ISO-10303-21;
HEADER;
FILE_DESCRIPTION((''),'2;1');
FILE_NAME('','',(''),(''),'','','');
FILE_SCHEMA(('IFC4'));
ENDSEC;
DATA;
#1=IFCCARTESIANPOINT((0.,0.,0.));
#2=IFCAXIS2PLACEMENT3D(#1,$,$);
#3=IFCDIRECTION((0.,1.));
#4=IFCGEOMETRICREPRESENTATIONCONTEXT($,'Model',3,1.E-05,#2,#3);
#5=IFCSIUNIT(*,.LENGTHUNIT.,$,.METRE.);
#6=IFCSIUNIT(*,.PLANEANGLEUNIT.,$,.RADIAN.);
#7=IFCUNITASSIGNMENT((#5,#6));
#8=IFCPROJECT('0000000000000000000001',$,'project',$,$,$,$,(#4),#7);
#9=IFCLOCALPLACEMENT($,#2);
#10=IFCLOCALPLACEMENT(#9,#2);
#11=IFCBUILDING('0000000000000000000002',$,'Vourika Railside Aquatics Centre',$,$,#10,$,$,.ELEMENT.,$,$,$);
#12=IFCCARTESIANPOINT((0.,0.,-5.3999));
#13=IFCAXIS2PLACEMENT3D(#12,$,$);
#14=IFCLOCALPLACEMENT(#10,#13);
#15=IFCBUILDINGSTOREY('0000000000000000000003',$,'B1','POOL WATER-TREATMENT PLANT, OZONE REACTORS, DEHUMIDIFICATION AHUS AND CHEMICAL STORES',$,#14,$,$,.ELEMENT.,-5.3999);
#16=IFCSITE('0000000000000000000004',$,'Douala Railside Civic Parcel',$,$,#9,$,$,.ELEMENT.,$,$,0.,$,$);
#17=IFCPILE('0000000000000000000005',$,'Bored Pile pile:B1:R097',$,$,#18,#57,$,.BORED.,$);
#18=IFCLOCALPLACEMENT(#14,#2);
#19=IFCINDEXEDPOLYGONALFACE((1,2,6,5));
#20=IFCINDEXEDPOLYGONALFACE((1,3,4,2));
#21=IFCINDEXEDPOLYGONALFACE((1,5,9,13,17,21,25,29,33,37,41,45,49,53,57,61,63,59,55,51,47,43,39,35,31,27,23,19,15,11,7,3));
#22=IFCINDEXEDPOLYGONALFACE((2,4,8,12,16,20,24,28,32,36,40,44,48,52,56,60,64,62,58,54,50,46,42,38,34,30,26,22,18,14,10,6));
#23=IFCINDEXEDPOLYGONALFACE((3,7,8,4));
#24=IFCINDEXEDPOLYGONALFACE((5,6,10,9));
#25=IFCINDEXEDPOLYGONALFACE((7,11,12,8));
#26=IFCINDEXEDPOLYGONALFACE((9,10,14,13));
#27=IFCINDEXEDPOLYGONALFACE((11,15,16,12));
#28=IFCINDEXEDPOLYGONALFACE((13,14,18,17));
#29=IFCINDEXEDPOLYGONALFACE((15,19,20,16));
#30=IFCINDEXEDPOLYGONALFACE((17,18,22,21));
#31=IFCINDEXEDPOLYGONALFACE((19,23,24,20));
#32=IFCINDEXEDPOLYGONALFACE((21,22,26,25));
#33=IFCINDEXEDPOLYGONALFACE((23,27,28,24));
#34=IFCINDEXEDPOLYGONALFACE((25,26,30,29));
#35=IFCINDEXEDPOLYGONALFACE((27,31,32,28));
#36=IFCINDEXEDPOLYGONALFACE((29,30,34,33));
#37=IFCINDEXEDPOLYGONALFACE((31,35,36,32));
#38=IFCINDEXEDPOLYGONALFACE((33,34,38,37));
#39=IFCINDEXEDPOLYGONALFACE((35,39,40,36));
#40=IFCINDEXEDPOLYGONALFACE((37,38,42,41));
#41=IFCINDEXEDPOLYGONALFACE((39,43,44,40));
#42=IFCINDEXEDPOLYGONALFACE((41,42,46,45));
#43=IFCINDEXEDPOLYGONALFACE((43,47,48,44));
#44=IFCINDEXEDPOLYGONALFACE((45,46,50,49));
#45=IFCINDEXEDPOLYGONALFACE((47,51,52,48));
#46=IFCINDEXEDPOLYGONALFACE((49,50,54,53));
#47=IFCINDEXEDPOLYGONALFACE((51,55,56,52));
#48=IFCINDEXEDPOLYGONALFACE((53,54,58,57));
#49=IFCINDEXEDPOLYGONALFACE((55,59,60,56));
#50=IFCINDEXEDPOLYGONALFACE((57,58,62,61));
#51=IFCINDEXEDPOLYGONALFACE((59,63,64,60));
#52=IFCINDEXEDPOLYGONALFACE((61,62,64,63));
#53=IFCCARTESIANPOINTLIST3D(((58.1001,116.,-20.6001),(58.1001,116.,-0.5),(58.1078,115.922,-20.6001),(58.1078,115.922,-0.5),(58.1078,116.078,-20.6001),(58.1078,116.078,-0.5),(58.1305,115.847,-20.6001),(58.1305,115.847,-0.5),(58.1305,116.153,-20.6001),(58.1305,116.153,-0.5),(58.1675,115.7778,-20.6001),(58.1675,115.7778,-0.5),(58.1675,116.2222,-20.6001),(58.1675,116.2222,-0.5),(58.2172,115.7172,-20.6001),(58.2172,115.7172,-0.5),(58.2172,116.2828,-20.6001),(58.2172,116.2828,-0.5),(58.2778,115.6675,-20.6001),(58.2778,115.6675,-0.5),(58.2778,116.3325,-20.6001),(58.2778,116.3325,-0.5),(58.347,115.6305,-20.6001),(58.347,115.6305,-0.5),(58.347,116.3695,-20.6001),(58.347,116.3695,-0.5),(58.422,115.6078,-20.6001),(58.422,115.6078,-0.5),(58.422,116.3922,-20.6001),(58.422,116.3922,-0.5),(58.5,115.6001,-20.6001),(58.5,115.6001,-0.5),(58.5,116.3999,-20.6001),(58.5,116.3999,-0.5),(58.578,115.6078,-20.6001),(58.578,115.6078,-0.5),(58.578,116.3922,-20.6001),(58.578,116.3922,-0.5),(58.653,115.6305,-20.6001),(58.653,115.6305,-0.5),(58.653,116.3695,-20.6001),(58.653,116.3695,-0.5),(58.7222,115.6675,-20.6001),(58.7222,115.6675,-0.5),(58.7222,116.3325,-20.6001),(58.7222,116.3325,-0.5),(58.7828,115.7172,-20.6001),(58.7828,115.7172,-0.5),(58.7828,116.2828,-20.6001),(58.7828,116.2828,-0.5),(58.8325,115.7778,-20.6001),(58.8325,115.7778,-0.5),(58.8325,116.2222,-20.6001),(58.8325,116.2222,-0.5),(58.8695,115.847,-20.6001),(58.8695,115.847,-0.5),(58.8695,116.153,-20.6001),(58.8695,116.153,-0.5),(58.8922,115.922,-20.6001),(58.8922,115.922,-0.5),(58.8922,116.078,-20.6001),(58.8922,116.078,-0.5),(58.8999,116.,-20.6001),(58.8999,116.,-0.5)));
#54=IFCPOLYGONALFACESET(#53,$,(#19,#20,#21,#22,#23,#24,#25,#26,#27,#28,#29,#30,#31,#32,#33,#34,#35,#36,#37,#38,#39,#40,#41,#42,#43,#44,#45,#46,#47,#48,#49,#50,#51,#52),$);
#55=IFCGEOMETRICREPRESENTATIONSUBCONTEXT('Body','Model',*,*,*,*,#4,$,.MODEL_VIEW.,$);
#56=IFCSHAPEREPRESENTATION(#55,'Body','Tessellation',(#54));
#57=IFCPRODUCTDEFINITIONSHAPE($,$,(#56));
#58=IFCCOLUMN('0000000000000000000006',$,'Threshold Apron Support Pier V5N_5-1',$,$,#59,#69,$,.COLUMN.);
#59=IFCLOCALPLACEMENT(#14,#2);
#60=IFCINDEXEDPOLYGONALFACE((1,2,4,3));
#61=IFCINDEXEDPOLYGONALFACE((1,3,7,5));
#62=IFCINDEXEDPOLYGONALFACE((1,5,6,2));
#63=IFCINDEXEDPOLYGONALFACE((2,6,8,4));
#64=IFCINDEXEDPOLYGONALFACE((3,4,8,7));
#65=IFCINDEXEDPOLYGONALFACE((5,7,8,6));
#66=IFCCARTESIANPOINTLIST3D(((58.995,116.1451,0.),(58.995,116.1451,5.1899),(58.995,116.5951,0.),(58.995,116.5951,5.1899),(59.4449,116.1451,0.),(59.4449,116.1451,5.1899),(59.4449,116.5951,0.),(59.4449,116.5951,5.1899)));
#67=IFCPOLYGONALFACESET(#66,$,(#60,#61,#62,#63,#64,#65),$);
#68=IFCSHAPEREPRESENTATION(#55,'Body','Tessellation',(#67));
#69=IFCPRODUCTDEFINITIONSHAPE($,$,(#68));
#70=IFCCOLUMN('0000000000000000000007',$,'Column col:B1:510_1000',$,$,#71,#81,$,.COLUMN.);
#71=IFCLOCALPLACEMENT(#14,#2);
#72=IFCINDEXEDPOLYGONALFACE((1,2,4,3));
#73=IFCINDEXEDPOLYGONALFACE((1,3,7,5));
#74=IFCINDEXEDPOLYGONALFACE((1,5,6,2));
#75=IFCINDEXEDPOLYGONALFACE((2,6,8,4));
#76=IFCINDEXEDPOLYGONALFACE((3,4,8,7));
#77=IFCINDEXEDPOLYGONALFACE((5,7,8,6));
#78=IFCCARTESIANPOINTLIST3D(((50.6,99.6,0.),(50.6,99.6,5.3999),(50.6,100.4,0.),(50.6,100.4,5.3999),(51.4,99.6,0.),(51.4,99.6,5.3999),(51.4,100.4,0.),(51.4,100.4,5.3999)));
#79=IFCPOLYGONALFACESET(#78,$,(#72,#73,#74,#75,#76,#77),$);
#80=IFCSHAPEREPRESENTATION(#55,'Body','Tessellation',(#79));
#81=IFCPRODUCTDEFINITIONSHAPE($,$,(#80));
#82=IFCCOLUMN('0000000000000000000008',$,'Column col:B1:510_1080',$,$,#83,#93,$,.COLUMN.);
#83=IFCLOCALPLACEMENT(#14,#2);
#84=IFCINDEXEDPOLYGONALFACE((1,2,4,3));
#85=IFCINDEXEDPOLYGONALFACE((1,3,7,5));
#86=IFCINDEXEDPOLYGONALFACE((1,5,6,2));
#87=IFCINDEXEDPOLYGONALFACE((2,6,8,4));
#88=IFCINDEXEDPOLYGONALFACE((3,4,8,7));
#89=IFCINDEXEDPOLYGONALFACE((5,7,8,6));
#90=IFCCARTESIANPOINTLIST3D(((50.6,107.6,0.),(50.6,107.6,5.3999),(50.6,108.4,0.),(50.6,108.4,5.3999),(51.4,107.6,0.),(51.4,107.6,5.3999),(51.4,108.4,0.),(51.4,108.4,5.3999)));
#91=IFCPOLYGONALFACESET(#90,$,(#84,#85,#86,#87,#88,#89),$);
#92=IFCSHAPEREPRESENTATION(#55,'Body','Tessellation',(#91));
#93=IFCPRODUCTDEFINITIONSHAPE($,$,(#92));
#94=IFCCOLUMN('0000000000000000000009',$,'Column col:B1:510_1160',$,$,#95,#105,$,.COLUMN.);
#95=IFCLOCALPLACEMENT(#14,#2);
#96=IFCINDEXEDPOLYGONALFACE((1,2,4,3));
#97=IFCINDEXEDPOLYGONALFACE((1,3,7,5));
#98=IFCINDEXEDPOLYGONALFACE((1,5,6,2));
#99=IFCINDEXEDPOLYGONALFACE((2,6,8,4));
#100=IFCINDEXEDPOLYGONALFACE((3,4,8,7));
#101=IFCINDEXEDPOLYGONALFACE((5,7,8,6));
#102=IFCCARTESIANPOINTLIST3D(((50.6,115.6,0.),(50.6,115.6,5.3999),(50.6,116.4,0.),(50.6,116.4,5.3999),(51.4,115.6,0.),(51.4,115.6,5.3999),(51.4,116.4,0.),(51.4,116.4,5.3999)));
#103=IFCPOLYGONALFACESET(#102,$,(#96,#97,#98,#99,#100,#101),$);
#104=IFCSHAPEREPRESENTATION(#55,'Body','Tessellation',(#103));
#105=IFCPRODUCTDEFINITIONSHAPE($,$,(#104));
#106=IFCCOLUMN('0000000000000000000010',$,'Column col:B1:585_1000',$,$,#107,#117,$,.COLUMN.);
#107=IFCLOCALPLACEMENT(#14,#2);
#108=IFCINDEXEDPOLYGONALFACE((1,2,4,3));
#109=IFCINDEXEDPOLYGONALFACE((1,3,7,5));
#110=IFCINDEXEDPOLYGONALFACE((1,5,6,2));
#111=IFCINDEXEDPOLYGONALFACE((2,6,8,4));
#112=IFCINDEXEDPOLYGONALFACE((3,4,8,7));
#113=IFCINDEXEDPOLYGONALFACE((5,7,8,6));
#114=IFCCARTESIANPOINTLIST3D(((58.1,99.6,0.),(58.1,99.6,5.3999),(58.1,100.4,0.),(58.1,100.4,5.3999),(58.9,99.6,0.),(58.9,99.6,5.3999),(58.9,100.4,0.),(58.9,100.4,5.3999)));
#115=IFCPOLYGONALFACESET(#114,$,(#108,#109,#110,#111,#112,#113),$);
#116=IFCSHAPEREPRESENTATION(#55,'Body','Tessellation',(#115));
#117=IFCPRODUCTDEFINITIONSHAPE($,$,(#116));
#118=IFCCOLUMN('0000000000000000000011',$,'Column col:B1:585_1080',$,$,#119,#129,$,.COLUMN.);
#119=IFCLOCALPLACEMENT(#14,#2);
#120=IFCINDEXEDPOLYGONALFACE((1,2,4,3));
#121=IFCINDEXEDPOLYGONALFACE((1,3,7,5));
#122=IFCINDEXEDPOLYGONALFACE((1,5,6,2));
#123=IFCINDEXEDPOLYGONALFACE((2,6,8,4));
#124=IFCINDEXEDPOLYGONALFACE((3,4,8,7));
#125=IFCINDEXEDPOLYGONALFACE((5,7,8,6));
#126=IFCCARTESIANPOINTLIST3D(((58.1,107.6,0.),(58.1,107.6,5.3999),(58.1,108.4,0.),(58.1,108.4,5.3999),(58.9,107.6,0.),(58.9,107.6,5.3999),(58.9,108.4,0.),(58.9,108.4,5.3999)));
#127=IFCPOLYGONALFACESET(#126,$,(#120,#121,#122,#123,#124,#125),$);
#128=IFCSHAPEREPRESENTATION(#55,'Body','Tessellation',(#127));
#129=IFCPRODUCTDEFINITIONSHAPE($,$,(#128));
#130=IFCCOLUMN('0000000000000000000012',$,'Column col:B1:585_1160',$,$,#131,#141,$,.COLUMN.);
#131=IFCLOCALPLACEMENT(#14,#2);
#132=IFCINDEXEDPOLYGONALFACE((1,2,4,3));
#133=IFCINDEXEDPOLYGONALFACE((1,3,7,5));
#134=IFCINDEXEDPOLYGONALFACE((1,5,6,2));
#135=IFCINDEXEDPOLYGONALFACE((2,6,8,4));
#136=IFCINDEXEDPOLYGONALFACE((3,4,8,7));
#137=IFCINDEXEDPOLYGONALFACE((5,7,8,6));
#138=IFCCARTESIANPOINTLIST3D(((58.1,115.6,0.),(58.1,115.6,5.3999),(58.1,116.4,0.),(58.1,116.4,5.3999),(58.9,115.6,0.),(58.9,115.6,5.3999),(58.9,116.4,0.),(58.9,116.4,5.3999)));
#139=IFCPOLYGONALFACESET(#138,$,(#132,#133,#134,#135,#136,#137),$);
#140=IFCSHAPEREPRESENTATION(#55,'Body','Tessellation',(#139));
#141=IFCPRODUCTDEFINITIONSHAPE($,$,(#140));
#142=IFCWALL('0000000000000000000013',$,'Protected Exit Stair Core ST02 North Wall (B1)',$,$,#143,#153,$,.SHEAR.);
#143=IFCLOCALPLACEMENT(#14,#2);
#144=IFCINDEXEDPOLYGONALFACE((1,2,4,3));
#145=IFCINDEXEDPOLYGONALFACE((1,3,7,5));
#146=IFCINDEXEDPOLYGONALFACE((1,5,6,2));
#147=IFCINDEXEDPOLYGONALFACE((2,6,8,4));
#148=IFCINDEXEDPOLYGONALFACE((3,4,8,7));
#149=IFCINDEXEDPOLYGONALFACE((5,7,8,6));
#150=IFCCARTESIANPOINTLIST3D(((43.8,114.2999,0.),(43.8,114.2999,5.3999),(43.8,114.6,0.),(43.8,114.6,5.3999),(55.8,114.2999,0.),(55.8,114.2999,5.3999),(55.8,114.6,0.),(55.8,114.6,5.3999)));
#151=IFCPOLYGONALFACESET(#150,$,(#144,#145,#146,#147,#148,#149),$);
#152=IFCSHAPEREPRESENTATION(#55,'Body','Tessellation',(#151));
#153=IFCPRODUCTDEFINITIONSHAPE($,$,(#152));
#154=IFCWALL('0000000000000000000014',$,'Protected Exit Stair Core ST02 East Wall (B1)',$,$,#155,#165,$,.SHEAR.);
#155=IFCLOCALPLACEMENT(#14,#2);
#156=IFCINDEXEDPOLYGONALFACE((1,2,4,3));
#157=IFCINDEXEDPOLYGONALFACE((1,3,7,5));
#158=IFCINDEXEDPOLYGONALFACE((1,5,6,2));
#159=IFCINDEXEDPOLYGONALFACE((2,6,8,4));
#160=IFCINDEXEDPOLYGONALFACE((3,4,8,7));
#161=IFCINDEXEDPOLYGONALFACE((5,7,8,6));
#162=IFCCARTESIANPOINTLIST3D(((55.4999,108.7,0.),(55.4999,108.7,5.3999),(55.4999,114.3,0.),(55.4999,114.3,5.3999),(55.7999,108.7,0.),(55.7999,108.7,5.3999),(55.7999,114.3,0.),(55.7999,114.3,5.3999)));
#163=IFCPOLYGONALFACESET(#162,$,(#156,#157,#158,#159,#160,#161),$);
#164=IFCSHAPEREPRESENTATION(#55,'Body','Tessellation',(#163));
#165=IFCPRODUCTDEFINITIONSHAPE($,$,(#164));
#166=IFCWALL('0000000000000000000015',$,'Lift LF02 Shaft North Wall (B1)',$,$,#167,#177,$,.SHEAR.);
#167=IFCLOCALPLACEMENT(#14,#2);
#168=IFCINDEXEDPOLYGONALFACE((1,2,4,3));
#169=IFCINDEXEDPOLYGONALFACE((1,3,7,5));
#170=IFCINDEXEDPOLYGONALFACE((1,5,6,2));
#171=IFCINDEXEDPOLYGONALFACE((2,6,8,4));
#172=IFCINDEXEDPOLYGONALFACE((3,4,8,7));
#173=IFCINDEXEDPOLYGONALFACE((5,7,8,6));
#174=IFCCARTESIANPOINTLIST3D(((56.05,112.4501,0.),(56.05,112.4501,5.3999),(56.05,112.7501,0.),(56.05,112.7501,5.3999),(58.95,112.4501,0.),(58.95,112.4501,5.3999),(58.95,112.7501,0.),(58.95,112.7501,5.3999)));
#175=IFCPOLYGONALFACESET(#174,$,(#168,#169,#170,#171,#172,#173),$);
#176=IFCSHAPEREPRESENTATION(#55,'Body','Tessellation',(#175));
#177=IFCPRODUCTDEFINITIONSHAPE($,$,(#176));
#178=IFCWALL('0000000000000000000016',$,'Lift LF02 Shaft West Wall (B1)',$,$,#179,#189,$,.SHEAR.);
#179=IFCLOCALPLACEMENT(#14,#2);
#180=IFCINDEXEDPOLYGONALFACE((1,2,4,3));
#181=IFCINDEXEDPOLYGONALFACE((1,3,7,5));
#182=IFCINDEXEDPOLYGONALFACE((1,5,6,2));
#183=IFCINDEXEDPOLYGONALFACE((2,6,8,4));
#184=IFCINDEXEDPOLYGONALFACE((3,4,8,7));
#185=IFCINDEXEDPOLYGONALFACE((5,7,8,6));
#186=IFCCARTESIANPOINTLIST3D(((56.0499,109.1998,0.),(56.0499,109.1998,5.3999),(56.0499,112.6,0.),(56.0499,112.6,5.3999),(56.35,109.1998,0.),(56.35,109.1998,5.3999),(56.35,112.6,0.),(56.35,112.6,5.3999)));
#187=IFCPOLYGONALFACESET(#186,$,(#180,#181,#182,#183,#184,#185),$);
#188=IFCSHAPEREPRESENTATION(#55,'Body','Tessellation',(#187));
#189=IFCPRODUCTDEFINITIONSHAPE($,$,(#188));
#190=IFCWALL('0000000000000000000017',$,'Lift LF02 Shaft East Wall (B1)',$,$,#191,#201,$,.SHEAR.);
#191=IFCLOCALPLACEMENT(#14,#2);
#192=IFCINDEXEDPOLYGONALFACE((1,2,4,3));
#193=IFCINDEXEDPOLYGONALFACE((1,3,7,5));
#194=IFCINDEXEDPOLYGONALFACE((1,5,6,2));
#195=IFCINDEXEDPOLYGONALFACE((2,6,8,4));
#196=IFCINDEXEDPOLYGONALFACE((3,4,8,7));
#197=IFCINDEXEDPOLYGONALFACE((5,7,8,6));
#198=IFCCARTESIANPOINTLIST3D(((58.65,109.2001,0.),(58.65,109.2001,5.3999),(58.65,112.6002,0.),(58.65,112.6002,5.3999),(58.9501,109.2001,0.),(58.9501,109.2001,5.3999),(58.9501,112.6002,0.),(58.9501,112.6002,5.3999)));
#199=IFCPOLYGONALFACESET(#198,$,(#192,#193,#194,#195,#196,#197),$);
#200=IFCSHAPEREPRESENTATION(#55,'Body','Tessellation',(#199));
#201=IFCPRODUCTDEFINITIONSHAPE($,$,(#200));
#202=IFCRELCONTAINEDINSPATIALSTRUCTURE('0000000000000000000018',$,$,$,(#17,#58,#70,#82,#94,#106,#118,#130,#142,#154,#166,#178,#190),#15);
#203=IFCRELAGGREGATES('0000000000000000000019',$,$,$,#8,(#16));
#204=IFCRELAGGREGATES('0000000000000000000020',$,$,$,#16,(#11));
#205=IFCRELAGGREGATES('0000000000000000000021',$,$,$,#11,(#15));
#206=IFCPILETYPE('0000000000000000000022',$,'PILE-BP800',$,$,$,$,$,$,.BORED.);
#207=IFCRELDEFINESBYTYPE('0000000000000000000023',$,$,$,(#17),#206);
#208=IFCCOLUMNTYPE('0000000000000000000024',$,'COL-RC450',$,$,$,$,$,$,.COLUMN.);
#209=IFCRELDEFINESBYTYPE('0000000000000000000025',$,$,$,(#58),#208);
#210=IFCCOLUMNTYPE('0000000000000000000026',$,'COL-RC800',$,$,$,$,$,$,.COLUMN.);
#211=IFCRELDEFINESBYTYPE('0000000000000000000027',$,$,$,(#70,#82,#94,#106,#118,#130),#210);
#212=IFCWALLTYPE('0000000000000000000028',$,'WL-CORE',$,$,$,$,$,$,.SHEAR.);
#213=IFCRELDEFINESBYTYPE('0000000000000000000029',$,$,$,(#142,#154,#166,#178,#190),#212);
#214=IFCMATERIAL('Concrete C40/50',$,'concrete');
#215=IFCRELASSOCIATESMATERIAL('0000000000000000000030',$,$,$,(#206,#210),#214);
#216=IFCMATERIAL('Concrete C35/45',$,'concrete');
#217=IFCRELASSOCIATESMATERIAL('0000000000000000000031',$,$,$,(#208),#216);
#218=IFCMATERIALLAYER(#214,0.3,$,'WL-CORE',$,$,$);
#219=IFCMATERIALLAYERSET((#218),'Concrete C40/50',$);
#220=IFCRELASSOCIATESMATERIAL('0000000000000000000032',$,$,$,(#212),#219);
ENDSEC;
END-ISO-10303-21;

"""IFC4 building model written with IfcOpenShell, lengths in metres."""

from ifc_helpers import new_model, si_unit, direction, frame, frame_2d, origin, origin_2d, place, context, subcontext, project, spatial, rectangle, circle, extrude, material, layer, layer_set, material_profile, profile_set, type_object, element, save


model = new_model("IFC4")

# Units and contexts
model_context = context("Model", 3, precision=1e-05, world=origin(), true_north=direction((0.0, 1.0)))
body_context = subcontext(model_context, "Body", "Model", "MODEL_VIEW")
ifc_project = project(units=[si_unit("LENGTHUNIT", "METRE"), si_unit("PLANEANGLEUNIT", "RADIAN")], contexts=[model_context])

# Site, building, storey
site_placement = place(None, origin())
site = spatial("IfcSite", under=ifc_project, at=site_placement, Name="Douala Railside Civic Parcel", CompositionType="ELEMENT", RefElevation=0.0)
building_placement = place(site_placement, origin())
building = spatial("IfcBuilding", under=site, at=building_placement, Name="Vourika Railside Aquatics Centre", CompositionType="ELEMENT")
storey_placement = place(building_placement, frame((0.0, 0.0, -5.3999)))
storey = spatial("IfcBuildingStorey", under=building, at=storey_placement, Name="B1", Description="POOL WATER-TREATMENT PLANT, OZONE REACTORS, DEHUMIDIFICATION AHUS AND CHEMICAL STORES", CompositionType="ELEMENT", Elevation=-5.3999)

# Pile
ifc_material_1 = material(Name="Concrete C40/50", Category="concrete")
ifc_material_profile_1 = material_profile(ifc_material_1, circle(Radius=0.3999, at=origin_2d()), Name="BP 800")
ifc_profile_set_1 = profile_set([ifc_material_profile_1], Name="Concrete C40/50")
pile_type = type_object("IfcPileType", Name="PILE-BP800", PredefinedType="BORED", material=ifc_profile_set_1)
for number, where, z_axis, x_axis, name in (
    (1, (58.5, 116.0, -0.5), (0.0, 0.0, -1.0), (1.0, 0.0, 0.0), "Bored Pile pile:B1:R097"),
):
    element("IfcPile", number, at=place(storey_placement, frame(where, z_axis=z_axis, x_axis=x_axis)), inside=storey, type_object=pile_type, Name=name, PredefinedType="BORED", context=body_context, shape_type="SweptSolid", body=[
        extrude(circle(Radius=0.3999, at=origin_2d()), origin(), (0.0, 0.0, 1.0), 20.1001),
    ])

# Columns
ifc_material_2 = material(Name="Concrete C35/45", Category="concrete")
ifc_material_profile_2 = material_profile(ifc_material_2, rectangle(XDim=0.45, YDim=0.45, at=origin_2d()), Name="RC 450x450")
ifc_profile_set_2 = profile_set([ifc_material_profile_2], Name="Concrete C35/45")
column_type_1 = type_object("IfcColumnType", Name="COL-RC450", PredefinedType="COLUMN", material=ifc_profile_set_2)
column_placement = place(storey_placement, frame((59.22, 116.3701, 0.0), z_axis=(0.0, 0.0, 1.0), x_axis=(1.0, 0.0, 0.0)))
element("IfcColumn", 2, at=column_placement, inside=storey, type_object=column_type_1, Name="Threshold Apron Support Pier V5N_5-1", PredefinedType="COLUMN", context=body_context, shape_type="SweptSolid", body=[
    extrude(rectangle(XDim=0.45, YDim=0.45, at=origin_2d()), origin(), (0.0, 0.0, 1.0), 5.1899),
])
ifc_material_profile_3 = material_profile(ifc_material_1, rectangle(XDim=0.8, YDim=0.8, at=origin_2d()), Name="RC 800x800")
ifc_profile_set_3 = profile_set([ifc_material_profile_3], Name="Concrete C40/50")
column_type_2 = type_object("IfcColumnType", Name="COL-RC800", PredefinedType="COLUMN", material=ifc_profile_set_3)
for number, where, z_axis, x_axis, name in (
    (3, (51.0, 100.0, 0.0), (0.0, 0.0, 1.0), (1.0, 0.0, 0.0), "Column col:B1:510_1000"),
    (4, (51.0, 108.0, 0.0), (0.0, 0.0, 1.0), (1.0, 0.0, 0.0), "Column col:B1:510_1080"),
    (5, (51.0, 116.0, 0.0), (0.0, 0.0, 1.0), (1.0, 0.0, 0.0), "Column col:B1:510_1160"),
    (6, (58.5, 100.0, 0.0), (0.0, 0.0, 1.0), (1.0, 0.0, 0.0), "Column col:B1:585_1000"),
    (7, (58.5, 108.0, 0.0), (0.0, 0.0, 1.0), (1.0, 0.0, 0.0), "Column col:B1:585_1080"),
    (8, (58.5, 116.0, 0.0), (0.0, 0.0, 1.0), (1.0, 0.0, 0.0), "Column col:B1:585_1160"),
):
    element("IfcColumn", number, at=place(storey_placement, frame(where, z_axis=z_axis, x_axis=x_axis)), inside=storey, type_object=column_type_2, Name=name, PredefinedType="COLUMN", context=body_context, shape_type="SweptSolid", body=[
        extrude(rectangle(XDim=0.8, YDim=0.8, at=origin_2d()), origin(), (0.0, 0.0, 1.0), 5.3999),
    ])

# Walls
ifc_layer_1 = layer(ifc_material_1, 0.3, Name="WL-CORE")
ifc_layer_set_1 = layer_set([ifc_layer_1], Name="Concrete C40/50")
wall_type_1 = type_object("IfcWallType", Name="WL-CORE", PredefinedType="SHEAR", material=ifc_layer_set_1)
wall_1_placement = place(storey_placement, frame((55.8, 114.45, 0.0), z_axis=(0.0, 0.0, 1.0), x_axis=(-1.0, 0.0, 0.0)))
element("IfcWall", 9, at=wall_1_placement, inside=storey, type_object=wall_type_1, Name="Protected Exit Stair Core ST02 North Wall (B1)", PredefinedType="SHEAR", context=body_context, shape_type="SweptSolid", body=[
    extrude(rectangle(XDim=12.0, YDim=0.3, at=frame_2d((6.0, 0.0))), origin(), (0.0, 0.0, 1.0), 5.3999),
])
wall_2_placement = place(storey_placement, frame((55.6499, 108.7, 0.0), z_axis=(0.0, 0.0, 1.0), x_axis=(0.0, 1.0, 0.0)))
element("IfcWall", 10, at=wall_2_placement, inside=storey, type_object=wall_type_1, Name="Protected Exit Stair Core ST02 East Wall (B1)", PredefinedType="SHEAR", context=body_context, shape_type="SweptSolid", body=[
    extrude(rectangle(XDim=5.6001, YDim=0.3, at=frame_2d((2.8, 0.0))), origin(), (0.0, 0.0, 1.0), 5.3999),
])

# Walls
wall_3_placement = place(storey_placement, frame((58.95, 112.6001, 0.0), z_axis=(0.0, 0.0, 1.0), x_axis=(-1.0, 0.0, 0.0)))
element("IfcWall", 11, at=wall_3_placement, inside=storey, type_object=wall_type_1, Name="Lift LF02 Shaft North Wall (B1)", PredefinedType="SHEAR", context=body_context, shape_type="SweptSolid", body=[
    extrude(rectangle(XDim=2.8999, YDim=0.3, at=frame_2d((1.45, 0.0))), origin(), (0.0, 0.0, 1.0), 5.3999),
])
for number, where, z_axis, x_axis, name in (
    (12, (56.2, 112.6001, 0.0), (0.0, 0.0, 1.0), (0.0, -1.0, 0.0), "Lift LF02 Shaft West Wall (B1)"),
    (13, (58.8, 109.2, 0.0), (0.0, 0.0, 1.0), (0.0, 1.0, 0.0), "Lift LF02 Shaft East Wall (B1)"),
):
    element("IfcWall", number, at=place(storey_placement, frame(where, z_axis=z_axis, x_axis=x_axis)), inside=storey, type_object=wall_type_1, Name=name, PredefinedType="SHEAR", context=body_context, shape_type="SweptSolid", body=[
        extrude(rectangle(XDim=3.4001, YDim=0.3, at=frame_2d((1.7002, 0.0))), origin(), (0.0, 0.0, 1.0), 5.3999),
    ])

save(model, "model.ifc")
